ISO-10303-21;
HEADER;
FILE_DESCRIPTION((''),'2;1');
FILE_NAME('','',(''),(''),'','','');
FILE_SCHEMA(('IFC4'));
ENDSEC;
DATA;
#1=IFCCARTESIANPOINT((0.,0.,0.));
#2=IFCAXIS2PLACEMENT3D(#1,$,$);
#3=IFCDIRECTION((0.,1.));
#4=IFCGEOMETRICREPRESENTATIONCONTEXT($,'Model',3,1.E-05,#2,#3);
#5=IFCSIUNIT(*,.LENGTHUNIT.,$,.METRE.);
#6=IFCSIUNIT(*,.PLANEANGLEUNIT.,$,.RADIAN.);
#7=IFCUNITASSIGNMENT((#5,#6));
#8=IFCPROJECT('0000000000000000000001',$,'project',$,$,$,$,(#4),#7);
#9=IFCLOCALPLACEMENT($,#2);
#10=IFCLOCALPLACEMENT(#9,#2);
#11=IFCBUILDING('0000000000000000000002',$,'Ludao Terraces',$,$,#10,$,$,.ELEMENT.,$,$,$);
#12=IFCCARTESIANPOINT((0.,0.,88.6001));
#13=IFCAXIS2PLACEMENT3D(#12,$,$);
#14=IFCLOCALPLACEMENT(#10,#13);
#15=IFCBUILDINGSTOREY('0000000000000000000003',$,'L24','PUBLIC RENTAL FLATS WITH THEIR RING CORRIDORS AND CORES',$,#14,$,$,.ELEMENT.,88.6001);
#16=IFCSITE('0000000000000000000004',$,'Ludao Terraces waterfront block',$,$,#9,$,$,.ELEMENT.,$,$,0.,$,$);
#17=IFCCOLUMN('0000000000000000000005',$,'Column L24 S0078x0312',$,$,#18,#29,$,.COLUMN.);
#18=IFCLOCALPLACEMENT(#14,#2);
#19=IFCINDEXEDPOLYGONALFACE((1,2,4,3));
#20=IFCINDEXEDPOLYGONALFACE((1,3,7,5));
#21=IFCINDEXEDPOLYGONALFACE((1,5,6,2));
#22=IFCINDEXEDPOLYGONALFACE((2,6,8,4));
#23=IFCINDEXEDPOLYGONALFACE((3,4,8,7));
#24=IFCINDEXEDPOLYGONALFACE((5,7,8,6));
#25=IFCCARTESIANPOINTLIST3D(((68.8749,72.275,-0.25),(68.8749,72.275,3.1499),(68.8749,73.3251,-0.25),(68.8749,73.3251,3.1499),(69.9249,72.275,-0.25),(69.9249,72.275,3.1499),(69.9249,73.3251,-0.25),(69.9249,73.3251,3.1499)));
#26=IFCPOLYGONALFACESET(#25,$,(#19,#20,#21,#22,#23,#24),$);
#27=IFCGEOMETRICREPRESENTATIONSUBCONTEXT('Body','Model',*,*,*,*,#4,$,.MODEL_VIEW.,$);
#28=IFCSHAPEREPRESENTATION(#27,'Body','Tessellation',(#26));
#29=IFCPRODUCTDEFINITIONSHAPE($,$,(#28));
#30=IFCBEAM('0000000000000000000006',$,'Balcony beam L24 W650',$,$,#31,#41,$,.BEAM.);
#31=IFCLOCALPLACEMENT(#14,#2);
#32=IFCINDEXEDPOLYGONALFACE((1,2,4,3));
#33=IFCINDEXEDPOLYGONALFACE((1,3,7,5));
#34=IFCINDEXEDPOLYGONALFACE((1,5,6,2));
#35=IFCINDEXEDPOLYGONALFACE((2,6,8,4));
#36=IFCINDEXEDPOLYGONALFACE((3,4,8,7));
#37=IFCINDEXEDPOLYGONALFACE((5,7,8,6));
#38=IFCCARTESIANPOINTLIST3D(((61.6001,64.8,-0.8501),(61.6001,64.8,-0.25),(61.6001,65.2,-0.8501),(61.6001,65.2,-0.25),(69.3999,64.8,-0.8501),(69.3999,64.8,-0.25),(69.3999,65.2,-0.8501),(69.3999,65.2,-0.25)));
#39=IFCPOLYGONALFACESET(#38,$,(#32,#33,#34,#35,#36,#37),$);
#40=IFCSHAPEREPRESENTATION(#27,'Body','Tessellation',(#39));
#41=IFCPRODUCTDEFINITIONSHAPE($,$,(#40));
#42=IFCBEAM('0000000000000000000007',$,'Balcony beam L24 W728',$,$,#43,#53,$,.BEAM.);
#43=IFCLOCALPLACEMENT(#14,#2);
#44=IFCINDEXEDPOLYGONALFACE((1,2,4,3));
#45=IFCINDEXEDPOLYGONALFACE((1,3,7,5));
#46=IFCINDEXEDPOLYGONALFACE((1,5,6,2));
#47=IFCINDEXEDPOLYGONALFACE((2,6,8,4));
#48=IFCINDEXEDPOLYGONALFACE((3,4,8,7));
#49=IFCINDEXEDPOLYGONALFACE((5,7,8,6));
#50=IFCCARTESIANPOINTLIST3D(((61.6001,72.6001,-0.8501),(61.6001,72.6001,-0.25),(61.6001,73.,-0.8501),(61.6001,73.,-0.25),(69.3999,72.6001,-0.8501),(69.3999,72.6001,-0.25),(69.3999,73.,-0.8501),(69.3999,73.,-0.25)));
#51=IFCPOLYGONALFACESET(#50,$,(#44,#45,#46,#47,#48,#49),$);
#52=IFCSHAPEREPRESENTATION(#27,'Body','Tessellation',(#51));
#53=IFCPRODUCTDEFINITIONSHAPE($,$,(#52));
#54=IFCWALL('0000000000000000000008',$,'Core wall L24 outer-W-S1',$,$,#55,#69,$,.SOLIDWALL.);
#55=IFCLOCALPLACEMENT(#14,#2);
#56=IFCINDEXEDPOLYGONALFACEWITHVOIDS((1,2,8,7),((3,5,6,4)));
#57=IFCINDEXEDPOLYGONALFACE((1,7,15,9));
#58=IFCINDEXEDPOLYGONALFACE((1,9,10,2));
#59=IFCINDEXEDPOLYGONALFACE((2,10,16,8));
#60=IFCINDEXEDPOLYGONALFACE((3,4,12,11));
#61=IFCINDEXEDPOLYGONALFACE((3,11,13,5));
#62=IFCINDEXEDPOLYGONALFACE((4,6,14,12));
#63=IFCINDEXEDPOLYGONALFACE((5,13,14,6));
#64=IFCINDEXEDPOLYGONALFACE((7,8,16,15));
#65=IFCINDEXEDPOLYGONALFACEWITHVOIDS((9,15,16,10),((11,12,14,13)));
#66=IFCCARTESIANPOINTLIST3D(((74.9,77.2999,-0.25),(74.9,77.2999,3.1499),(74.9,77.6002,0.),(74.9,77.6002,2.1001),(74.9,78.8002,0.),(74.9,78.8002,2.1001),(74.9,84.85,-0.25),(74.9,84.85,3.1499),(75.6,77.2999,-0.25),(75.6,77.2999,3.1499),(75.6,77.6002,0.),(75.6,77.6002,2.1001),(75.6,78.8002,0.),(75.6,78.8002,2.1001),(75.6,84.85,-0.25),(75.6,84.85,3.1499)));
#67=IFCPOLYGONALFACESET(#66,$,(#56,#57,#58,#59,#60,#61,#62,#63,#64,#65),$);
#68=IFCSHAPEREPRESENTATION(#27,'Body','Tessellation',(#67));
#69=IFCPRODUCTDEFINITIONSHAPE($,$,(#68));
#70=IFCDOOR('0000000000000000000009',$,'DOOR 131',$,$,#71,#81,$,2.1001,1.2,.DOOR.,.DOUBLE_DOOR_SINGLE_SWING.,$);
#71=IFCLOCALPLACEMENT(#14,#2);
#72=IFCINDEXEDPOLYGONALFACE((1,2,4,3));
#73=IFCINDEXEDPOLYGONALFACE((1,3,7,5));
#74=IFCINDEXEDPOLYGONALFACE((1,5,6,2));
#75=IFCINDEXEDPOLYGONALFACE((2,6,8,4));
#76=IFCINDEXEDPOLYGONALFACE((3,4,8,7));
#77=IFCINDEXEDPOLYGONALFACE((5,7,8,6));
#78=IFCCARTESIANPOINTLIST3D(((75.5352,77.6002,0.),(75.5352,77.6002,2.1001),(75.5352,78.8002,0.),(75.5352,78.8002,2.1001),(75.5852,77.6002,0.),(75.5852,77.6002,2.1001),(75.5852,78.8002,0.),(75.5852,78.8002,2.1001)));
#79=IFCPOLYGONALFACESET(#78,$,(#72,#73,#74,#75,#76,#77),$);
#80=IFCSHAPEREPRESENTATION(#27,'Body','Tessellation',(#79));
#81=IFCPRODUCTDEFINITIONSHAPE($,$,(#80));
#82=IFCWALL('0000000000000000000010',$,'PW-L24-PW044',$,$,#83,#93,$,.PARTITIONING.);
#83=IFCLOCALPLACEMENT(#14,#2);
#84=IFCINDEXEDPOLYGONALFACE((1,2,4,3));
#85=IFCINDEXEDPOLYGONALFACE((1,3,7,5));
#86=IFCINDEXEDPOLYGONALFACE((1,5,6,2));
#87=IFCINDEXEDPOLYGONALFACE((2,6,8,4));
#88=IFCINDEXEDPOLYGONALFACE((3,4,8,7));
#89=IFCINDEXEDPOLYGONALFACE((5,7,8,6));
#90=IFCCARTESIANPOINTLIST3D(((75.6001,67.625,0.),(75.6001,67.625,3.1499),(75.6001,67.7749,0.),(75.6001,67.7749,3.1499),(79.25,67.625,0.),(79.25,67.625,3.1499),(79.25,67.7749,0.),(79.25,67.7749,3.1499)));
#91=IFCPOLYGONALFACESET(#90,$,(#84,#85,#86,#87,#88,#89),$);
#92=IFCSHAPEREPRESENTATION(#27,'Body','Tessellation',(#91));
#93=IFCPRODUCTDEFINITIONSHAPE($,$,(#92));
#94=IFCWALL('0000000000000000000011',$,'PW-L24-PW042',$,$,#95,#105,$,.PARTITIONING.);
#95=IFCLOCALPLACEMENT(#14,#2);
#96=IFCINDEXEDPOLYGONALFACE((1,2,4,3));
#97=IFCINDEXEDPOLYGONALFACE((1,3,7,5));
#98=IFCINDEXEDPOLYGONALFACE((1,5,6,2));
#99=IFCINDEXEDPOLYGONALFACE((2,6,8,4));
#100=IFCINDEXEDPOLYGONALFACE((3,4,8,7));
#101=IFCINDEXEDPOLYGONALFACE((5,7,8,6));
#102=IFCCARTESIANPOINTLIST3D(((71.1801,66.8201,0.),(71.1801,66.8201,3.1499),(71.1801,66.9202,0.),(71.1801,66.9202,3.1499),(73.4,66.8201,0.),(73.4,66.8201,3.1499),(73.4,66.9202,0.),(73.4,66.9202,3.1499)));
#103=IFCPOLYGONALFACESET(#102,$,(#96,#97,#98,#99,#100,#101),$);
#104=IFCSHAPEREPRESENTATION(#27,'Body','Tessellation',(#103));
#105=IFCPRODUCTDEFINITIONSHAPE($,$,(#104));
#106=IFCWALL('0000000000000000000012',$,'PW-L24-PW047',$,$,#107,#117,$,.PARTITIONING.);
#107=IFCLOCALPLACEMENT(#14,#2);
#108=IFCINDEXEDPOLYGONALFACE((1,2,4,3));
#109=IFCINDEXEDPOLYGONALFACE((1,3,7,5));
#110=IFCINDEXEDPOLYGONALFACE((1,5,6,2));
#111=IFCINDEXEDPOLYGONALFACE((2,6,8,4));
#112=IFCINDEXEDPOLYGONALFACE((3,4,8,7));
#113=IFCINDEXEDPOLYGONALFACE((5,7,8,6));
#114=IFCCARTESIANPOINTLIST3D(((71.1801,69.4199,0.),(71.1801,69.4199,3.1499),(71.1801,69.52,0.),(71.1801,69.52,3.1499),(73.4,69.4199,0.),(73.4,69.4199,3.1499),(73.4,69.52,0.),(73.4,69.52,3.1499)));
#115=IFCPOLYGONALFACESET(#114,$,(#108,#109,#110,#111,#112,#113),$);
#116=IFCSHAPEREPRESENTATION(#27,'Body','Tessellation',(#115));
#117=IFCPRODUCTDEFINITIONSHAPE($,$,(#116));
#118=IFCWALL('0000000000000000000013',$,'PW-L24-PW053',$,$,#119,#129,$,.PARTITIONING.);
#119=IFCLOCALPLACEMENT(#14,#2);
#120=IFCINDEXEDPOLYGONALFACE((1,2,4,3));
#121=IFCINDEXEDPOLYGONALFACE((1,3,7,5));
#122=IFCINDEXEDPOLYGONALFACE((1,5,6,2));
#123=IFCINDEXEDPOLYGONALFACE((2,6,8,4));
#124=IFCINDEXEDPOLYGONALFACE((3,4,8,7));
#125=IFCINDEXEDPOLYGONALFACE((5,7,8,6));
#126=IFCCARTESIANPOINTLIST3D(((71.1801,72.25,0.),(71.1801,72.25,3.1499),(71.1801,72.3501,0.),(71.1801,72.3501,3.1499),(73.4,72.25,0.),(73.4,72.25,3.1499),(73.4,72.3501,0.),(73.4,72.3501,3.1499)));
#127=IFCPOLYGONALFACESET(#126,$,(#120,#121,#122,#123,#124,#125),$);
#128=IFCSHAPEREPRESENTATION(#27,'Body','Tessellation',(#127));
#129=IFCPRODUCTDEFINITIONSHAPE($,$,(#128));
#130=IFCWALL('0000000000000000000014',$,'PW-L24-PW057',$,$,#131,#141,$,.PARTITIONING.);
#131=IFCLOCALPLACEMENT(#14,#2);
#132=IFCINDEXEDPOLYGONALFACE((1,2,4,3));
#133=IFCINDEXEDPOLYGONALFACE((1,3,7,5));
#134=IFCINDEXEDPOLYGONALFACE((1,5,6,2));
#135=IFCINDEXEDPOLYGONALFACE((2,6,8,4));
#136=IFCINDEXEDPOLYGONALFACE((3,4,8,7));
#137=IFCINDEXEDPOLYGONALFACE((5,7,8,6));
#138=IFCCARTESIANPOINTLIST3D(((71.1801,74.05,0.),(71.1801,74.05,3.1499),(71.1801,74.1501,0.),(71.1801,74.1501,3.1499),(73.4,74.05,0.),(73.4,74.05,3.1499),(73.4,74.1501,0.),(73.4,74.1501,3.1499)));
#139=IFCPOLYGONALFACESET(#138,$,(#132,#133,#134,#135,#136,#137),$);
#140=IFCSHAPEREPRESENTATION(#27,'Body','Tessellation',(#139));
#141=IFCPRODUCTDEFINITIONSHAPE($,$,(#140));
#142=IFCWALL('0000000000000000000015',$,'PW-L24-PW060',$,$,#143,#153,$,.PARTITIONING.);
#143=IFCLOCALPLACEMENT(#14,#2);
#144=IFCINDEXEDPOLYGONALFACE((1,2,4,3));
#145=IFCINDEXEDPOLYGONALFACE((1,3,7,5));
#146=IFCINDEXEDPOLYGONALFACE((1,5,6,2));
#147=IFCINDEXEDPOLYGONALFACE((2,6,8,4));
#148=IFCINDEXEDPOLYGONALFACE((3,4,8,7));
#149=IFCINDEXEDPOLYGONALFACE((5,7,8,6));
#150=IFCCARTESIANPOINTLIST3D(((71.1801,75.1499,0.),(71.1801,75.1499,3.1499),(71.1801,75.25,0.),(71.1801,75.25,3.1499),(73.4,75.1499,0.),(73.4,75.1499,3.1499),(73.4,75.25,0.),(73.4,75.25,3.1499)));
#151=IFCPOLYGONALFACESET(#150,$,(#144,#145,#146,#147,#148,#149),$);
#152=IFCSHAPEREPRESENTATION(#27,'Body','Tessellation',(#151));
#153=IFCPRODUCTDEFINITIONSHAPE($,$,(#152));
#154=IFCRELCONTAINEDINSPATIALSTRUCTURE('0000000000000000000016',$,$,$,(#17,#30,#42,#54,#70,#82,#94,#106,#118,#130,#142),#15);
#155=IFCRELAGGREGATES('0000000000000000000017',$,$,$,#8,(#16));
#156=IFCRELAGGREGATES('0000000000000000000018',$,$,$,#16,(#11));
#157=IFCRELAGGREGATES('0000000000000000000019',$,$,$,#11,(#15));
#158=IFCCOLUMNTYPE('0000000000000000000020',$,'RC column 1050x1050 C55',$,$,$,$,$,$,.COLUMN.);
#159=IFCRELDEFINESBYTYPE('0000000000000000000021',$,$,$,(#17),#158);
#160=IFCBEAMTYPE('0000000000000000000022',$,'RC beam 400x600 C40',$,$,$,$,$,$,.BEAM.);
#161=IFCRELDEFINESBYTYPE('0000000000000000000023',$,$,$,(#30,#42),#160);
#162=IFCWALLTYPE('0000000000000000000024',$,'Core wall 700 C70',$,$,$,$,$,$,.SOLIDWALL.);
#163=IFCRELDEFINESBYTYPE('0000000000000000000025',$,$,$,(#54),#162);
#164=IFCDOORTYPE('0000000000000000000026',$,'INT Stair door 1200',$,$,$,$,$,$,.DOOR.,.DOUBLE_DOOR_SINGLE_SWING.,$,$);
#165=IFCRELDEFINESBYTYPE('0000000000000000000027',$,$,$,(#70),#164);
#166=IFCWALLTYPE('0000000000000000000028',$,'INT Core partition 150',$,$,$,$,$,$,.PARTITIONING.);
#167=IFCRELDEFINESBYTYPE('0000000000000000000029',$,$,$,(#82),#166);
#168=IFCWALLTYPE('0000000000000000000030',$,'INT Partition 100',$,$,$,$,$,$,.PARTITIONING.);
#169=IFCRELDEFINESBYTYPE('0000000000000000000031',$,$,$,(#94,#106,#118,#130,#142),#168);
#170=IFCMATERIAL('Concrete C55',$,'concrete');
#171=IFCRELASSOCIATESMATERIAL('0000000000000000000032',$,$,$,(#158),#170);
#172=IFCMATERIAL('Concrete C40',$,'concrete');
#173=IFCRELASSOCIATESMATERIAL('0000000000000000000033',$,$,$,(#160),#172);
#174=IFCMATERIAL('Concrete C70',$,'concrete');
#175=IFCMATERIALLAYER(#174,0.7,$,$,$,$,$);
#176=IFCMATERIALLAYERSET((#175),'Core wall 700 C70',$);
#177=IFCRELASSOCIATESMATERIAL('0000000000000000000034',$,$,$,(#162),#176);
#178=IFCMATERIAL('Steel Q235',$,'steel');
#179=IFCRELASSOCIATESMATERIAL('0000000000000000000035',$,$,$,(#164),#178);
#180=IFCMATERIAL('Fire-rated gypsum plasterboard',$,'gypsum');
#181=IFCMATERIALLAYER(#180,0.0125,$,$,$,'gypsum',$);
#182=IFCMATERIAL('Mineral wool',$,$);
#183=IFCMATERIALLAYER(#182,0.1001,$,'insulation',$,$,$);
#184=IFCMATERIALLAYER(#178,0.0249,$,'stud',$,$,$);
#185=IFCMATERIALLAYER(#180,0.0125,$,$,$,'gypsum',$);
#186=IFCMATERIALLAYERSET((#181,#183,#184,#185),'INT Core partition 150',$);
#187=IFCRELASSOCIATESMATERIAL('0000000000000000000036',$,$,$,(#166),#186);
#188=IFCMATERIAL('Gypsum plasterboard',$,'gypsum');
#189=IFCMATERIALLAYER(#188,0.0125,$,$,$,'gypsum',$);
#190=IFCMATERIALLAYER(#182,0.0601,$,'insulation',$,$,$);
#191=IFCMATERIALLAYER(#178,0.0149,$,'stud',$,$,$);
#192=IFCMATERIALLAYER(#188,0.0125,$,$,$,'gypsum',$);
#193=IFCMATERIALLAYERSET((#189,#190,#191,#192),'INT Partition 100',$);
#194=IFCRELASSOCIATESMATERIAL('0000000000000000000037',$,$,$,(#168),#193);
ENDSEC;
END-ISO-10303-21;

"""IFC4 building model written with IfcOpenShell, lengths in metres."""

from ifc_helpers import new_model, si_unit, direction, frame, frame_2d, origin, origin_2d, place, context, subcontext, project, spatial, rectangle, extrude, material, layer, layer_set, material_profile, profile_set, type_object, element, fill, save


model = new_model("IFC4")

# Units and contexts
model_context = context("Model", 3, precision=1e-05, world=origin(), true_north=direction((0.0, 1.0)))
body_context = subcontext(model_context, "Body", "Model", "MODEL_VIEW")
ifc_project = project(units=[si_unit("LENGTHUNIT", "METRE"), si_unit("PLANEANGLEUNIT", "RADIAN")], contexts=[model_context])

# Site, building, storey
site_placement = place(None, origin())
site = spatial("IfcSite", under=ifc_project, at=site_placement, Name="Ludao Terraces waterfront block", CompositionType="ELEMENT", RefElevation=0.0)
building_placement = place(site_placement, origin())
building = spatial("IfcBuilding", under=site, at=building_placement, Name="Ludao Terraces", CompositionType="ELEMENT")
storey_placement = place(building_placement, frame((0.0, 0.0, 88.6001)))
storey = spatial("IfcBuildingStorey", under=building, at=storey_placement, Name="L24", Description="PUBLIC RENTAL FLATS WITH THEIR RING CORRIDORS AND CORES", CompositionType="ELEMENT", Elevation=88.6001)

# Column
ifc_material_1 = material(Name="Concrete C55", Category="concrete")
ifc_material_profile_1 = material_profile(ifc_material_1, rectangle(XDim=1.05, YDim=1.05, at=origin_2d()), Name="1050 X 1050")
ifc_profile_set_1 = profile_set([ifc_material_profile_1], Name="Concrete C55")
column_type = type_object("IfcColumnType", Name="RC column 1050x1050 C55", PredefinedType="COLUMN", material=ifc_profile_set_1)
column_placement = place(storey_placement, frame((69.3999, 72.8, -0.25), z_axis=(0.0, 0.0, 1.0), x_axis=(1.0, 0.0, 0.0)))
element("IfcColumn", 1, at=column_placement, inside=storey, type_object=column_type, Name="Column L24 S0078x0312", PredefinedType="COLUMN", context=body_context, shape_type="SweptSolid", body=[
    extrude(rectangle(XDim=1.05, YDim=1.05, at=origin_2d()), origin(), (0.0, 0.0, 1.0), 3.3999),
])

# Beams
ifc_material_2 = material(Name="Concrete C40", Category="concrete")
ifc_material_profile_2 = material_profile(ifc_material_2, rectangle(XDim=0.3999, YDim=0.6001, at=origin_2d()), Name="400 X 600")
ifc_profile_set_2 = profile_set([ifc_material_profile_2], Name="Concrete C40")
beam_type = type_object("IfcBeamType", Name="RC beam 400x600 C40", PredefinedType="BEAM", material=ifc_profile_set_2)
for number, where, z_axis, x_axis, name in (
    (2, (69.3999, 65.0, -0.55), (-1.0, 0.0, 0.0), (0.0, -1.0, 0.0), "Balcony beam L24 W650"),
    (3, (69.3999, 72.8, -0.55), (-1.0, 0.0, 0.0), (0.0, -1.0, 0.0), "Balcony beam L24 W728"),
):
    element("IfcBeam", number, at=place(storey_placement, frame(where, z_axis=z_axis, x_axis=x_axis)), inside=storey, type_object=beam_type, Name=name, PredefinedType="BEAM", context=body_context, shape_type="SweptSolid", body=[
        extrude(rectangle(XDim=0.3999, YDim=0.6001, at=origin_2d()), origin(), (0.0, 0.0, 1.0), 7.7998),
    ])

# Wall, opening, door
ifc_material_3 = material(Name="Concrete C70", Category="concrete")
ifc_layer_1 = layer(ifc_material_3, 0.7)
ifc_layer_set_1 = layer_set([ifc_layer_1], Name="Core wall 700 C70")
wall_type_1 = type_object("IfcWallType", Name="Core wall 700 C70", PredefinedType="SOLIDWALL", material=ifc_layer_set_1)
wall_1_placement = place(storey_placement, frame((75.25, 77.3, -0.25), z_axis=(0.0, 0.0, 1.0), x_axis=(0.0, 1.0, 0.0)))
wall_1 = element("IfcWall", 4, at=wall_1_placement, inside=storey, type_object=wall_type_1, Name="Core wall L24 outer-W-S1", PredefinedType="SOLIDWALL", context=body_context, shape_type="SweptSolid", body=[
    extrude(rectangle(XDim=7.55, YDim=0.7, at=frame_2d((3.7749, 0.0))), origin(), (0.0, 0.0, 1.0), 3.3999),
])
opening_1_placement = place(wall_1_placement, frame((0.3, 0.0, 0.25)))
opening_1 = element("IfcOpeningElement", 5, at=opening_1_placement, cuts=wall_1, PredefinedType="OPENING", context=body_context, shape_type="SweptSolid", body=[
    extrude(rectangle(XDim=1.2, YDim=2.1001, at=frame_2d((0.6001, 1.05))), frame((0.0, 0.3599, 0.0), z_axis=(0.0, -1.0, 0.0), x_axis=(1.0, 0.0, 0.0)), (0.0, 0.0, 1.0), 0.72),
])
ifc_material_4 = material(Name="Steel Q235", Category="steel")
door_type_1 = type_object("IfcDoorType", Name="INT Stair door 1200", OperationType="DOUBLE_DOOR_SINGLE_SWING", PredefinedType="DOOR", material=ifc_material_4)
door_1_placement = place(opening_1_placement, origin())
door_1 = element("IfcDoor", 6, at=door_1_placement, inside=storey, type_object=door_type_1, Name="DOOR 131", OperationType="DOUBLE_DOOR_SINGLE_SWING", OverallHeight=2.1001, OverallWidth=1.2, PredefinedType="DOOR", context=body_context, shape_type="SweptSolid", body=[
    extrude(rectangle(XDim=1.2, YDim=2.1001, at=frame_2d((0.6001, 1.05))), frame((0.0, -0.2852, 0.0), z_axis=(0.0, -1.0, 0.0), x_axis=(1.0, 0.0, 0.0)), (0.0, 0.0, 1.0), 0.05),
])
fill(opening_1, door_1)

# Walls
ifc_material_5 = material(Name="Fire-rated gypsum plasterboard", Category="gypsum")
ifc_layer_2 = layer(ifc_material_5, 0.0125, Category="gypsum")
ifc_material_6 = material(Name="Mineral wool")
ifc_layer_3 = layer(ifc_material_6, 0.1001, Name="insulation")
ifc_layer_4 = layer(ifc_material_4, 0.0249, Name="stud")
ifc_layer_5 = layer(ifc_material_5, 0.0125, Category="gypsum")
ifc_layer_set_2 = layer_set([ifc_layer_2, ifc_layer_3, ifc_layer_4, ifc_layer_5], Name="INT Core partition 150")
wall_type_2 = type_object("IfcWallType", Name="INT Core partition 150", PredefinedType="PARTITIONING", material=ifc_layer_set_2)
wall_2_placement = place(storey_placement, frame((75.6001, 67.7, 0.0), z_axis=(0.0, 0.0, 1.0), x_axis=(1.0, 0.0, 0.0)))
element("IfcWall", 7, at=wall_2_placement, inside=storey, type_object=wall_type_2, Name="PW-L24-PW044", PredefinedType="PARTITIONING", context=body_context, shape_type="SweptSolid", body=[
    extrude(rectangle(XDim=3.6499, YDim=0.1499, at=frame_2d((1.825, 0.0))), origin(), (0.0, 0.0, 1.0), 3.1499),
])
ifc_material_7 = material(Name="Gypsum plasterboard", Category="gypsum")
ifc_layer_6 = layer(ifc_material_7, 0.0125, Category="gypsum")
ifc_layer_7 = layer(ifc_material_6, 0.0601, Name="insulation")
ifc_layer_8 = layer(ifc_material_4, 0.0149, Name="stud")
ifc_layer_9 = layer(ifc_material_7, 0.0125, Category="gypsum")
ifc_layer_set_3 = layer_set([ifc_layer_6, ifc_layer_7, ifc_layer_8, ifc_layer_9], Name="INT Partition 100")
wall_type_3 = type_object("IfcWallType", Name="INT Partition 100", PredefinedType="PARTITIONING", material=ifc_layer_set_3)
for number, where, z_axis, x_axis, name in (
    (8, (71.1802, 66.8701, 0.0), (0.0, 0.0, 1.0), (1.0, 0.0, 0.0), "PW-L24-PW042"),
    (9, (71.1802, 69.47, 0.0), (0.0, 0.0, 1.0), (1.0, 0.0, 0.0), "PW-L24-PW047"),
    (10, (71.1802, 72.3, 0.0), (0.0, 0.0, 1.0), (1.0, 0.0, 0.0), "PW-L24-PW053"),
    (11, (71.1802, 74.1001, 0.0), (0.0, 0.0, 1.0), (1.0, 0.0, 0.0), "PW-L24-PW057"),
    (12, (71.1802, 75.2, 0.0), (0.0, 0.0, 1.0), (1.0, 0.0, 0.0), "PW-L24-PW060"),
):
    element("IfcWall", number, at=place(storey_placement, frame(where, z_axis=z_axis, x_axis=x_axis)), inside=storey, type_object=wall_type_3, Name=name, PredefinedType="PARTITIONING", context=body_context, shape_type="SweptSolid", body=[
        extrude(rectangle(XDim=2.22, YDim=0.1001, at=frame_2d((1.1099, 0.0))), origin(), (0.0, 0.0, 1.0), 3.1499),
    ])

save(model, "model.ifc")
